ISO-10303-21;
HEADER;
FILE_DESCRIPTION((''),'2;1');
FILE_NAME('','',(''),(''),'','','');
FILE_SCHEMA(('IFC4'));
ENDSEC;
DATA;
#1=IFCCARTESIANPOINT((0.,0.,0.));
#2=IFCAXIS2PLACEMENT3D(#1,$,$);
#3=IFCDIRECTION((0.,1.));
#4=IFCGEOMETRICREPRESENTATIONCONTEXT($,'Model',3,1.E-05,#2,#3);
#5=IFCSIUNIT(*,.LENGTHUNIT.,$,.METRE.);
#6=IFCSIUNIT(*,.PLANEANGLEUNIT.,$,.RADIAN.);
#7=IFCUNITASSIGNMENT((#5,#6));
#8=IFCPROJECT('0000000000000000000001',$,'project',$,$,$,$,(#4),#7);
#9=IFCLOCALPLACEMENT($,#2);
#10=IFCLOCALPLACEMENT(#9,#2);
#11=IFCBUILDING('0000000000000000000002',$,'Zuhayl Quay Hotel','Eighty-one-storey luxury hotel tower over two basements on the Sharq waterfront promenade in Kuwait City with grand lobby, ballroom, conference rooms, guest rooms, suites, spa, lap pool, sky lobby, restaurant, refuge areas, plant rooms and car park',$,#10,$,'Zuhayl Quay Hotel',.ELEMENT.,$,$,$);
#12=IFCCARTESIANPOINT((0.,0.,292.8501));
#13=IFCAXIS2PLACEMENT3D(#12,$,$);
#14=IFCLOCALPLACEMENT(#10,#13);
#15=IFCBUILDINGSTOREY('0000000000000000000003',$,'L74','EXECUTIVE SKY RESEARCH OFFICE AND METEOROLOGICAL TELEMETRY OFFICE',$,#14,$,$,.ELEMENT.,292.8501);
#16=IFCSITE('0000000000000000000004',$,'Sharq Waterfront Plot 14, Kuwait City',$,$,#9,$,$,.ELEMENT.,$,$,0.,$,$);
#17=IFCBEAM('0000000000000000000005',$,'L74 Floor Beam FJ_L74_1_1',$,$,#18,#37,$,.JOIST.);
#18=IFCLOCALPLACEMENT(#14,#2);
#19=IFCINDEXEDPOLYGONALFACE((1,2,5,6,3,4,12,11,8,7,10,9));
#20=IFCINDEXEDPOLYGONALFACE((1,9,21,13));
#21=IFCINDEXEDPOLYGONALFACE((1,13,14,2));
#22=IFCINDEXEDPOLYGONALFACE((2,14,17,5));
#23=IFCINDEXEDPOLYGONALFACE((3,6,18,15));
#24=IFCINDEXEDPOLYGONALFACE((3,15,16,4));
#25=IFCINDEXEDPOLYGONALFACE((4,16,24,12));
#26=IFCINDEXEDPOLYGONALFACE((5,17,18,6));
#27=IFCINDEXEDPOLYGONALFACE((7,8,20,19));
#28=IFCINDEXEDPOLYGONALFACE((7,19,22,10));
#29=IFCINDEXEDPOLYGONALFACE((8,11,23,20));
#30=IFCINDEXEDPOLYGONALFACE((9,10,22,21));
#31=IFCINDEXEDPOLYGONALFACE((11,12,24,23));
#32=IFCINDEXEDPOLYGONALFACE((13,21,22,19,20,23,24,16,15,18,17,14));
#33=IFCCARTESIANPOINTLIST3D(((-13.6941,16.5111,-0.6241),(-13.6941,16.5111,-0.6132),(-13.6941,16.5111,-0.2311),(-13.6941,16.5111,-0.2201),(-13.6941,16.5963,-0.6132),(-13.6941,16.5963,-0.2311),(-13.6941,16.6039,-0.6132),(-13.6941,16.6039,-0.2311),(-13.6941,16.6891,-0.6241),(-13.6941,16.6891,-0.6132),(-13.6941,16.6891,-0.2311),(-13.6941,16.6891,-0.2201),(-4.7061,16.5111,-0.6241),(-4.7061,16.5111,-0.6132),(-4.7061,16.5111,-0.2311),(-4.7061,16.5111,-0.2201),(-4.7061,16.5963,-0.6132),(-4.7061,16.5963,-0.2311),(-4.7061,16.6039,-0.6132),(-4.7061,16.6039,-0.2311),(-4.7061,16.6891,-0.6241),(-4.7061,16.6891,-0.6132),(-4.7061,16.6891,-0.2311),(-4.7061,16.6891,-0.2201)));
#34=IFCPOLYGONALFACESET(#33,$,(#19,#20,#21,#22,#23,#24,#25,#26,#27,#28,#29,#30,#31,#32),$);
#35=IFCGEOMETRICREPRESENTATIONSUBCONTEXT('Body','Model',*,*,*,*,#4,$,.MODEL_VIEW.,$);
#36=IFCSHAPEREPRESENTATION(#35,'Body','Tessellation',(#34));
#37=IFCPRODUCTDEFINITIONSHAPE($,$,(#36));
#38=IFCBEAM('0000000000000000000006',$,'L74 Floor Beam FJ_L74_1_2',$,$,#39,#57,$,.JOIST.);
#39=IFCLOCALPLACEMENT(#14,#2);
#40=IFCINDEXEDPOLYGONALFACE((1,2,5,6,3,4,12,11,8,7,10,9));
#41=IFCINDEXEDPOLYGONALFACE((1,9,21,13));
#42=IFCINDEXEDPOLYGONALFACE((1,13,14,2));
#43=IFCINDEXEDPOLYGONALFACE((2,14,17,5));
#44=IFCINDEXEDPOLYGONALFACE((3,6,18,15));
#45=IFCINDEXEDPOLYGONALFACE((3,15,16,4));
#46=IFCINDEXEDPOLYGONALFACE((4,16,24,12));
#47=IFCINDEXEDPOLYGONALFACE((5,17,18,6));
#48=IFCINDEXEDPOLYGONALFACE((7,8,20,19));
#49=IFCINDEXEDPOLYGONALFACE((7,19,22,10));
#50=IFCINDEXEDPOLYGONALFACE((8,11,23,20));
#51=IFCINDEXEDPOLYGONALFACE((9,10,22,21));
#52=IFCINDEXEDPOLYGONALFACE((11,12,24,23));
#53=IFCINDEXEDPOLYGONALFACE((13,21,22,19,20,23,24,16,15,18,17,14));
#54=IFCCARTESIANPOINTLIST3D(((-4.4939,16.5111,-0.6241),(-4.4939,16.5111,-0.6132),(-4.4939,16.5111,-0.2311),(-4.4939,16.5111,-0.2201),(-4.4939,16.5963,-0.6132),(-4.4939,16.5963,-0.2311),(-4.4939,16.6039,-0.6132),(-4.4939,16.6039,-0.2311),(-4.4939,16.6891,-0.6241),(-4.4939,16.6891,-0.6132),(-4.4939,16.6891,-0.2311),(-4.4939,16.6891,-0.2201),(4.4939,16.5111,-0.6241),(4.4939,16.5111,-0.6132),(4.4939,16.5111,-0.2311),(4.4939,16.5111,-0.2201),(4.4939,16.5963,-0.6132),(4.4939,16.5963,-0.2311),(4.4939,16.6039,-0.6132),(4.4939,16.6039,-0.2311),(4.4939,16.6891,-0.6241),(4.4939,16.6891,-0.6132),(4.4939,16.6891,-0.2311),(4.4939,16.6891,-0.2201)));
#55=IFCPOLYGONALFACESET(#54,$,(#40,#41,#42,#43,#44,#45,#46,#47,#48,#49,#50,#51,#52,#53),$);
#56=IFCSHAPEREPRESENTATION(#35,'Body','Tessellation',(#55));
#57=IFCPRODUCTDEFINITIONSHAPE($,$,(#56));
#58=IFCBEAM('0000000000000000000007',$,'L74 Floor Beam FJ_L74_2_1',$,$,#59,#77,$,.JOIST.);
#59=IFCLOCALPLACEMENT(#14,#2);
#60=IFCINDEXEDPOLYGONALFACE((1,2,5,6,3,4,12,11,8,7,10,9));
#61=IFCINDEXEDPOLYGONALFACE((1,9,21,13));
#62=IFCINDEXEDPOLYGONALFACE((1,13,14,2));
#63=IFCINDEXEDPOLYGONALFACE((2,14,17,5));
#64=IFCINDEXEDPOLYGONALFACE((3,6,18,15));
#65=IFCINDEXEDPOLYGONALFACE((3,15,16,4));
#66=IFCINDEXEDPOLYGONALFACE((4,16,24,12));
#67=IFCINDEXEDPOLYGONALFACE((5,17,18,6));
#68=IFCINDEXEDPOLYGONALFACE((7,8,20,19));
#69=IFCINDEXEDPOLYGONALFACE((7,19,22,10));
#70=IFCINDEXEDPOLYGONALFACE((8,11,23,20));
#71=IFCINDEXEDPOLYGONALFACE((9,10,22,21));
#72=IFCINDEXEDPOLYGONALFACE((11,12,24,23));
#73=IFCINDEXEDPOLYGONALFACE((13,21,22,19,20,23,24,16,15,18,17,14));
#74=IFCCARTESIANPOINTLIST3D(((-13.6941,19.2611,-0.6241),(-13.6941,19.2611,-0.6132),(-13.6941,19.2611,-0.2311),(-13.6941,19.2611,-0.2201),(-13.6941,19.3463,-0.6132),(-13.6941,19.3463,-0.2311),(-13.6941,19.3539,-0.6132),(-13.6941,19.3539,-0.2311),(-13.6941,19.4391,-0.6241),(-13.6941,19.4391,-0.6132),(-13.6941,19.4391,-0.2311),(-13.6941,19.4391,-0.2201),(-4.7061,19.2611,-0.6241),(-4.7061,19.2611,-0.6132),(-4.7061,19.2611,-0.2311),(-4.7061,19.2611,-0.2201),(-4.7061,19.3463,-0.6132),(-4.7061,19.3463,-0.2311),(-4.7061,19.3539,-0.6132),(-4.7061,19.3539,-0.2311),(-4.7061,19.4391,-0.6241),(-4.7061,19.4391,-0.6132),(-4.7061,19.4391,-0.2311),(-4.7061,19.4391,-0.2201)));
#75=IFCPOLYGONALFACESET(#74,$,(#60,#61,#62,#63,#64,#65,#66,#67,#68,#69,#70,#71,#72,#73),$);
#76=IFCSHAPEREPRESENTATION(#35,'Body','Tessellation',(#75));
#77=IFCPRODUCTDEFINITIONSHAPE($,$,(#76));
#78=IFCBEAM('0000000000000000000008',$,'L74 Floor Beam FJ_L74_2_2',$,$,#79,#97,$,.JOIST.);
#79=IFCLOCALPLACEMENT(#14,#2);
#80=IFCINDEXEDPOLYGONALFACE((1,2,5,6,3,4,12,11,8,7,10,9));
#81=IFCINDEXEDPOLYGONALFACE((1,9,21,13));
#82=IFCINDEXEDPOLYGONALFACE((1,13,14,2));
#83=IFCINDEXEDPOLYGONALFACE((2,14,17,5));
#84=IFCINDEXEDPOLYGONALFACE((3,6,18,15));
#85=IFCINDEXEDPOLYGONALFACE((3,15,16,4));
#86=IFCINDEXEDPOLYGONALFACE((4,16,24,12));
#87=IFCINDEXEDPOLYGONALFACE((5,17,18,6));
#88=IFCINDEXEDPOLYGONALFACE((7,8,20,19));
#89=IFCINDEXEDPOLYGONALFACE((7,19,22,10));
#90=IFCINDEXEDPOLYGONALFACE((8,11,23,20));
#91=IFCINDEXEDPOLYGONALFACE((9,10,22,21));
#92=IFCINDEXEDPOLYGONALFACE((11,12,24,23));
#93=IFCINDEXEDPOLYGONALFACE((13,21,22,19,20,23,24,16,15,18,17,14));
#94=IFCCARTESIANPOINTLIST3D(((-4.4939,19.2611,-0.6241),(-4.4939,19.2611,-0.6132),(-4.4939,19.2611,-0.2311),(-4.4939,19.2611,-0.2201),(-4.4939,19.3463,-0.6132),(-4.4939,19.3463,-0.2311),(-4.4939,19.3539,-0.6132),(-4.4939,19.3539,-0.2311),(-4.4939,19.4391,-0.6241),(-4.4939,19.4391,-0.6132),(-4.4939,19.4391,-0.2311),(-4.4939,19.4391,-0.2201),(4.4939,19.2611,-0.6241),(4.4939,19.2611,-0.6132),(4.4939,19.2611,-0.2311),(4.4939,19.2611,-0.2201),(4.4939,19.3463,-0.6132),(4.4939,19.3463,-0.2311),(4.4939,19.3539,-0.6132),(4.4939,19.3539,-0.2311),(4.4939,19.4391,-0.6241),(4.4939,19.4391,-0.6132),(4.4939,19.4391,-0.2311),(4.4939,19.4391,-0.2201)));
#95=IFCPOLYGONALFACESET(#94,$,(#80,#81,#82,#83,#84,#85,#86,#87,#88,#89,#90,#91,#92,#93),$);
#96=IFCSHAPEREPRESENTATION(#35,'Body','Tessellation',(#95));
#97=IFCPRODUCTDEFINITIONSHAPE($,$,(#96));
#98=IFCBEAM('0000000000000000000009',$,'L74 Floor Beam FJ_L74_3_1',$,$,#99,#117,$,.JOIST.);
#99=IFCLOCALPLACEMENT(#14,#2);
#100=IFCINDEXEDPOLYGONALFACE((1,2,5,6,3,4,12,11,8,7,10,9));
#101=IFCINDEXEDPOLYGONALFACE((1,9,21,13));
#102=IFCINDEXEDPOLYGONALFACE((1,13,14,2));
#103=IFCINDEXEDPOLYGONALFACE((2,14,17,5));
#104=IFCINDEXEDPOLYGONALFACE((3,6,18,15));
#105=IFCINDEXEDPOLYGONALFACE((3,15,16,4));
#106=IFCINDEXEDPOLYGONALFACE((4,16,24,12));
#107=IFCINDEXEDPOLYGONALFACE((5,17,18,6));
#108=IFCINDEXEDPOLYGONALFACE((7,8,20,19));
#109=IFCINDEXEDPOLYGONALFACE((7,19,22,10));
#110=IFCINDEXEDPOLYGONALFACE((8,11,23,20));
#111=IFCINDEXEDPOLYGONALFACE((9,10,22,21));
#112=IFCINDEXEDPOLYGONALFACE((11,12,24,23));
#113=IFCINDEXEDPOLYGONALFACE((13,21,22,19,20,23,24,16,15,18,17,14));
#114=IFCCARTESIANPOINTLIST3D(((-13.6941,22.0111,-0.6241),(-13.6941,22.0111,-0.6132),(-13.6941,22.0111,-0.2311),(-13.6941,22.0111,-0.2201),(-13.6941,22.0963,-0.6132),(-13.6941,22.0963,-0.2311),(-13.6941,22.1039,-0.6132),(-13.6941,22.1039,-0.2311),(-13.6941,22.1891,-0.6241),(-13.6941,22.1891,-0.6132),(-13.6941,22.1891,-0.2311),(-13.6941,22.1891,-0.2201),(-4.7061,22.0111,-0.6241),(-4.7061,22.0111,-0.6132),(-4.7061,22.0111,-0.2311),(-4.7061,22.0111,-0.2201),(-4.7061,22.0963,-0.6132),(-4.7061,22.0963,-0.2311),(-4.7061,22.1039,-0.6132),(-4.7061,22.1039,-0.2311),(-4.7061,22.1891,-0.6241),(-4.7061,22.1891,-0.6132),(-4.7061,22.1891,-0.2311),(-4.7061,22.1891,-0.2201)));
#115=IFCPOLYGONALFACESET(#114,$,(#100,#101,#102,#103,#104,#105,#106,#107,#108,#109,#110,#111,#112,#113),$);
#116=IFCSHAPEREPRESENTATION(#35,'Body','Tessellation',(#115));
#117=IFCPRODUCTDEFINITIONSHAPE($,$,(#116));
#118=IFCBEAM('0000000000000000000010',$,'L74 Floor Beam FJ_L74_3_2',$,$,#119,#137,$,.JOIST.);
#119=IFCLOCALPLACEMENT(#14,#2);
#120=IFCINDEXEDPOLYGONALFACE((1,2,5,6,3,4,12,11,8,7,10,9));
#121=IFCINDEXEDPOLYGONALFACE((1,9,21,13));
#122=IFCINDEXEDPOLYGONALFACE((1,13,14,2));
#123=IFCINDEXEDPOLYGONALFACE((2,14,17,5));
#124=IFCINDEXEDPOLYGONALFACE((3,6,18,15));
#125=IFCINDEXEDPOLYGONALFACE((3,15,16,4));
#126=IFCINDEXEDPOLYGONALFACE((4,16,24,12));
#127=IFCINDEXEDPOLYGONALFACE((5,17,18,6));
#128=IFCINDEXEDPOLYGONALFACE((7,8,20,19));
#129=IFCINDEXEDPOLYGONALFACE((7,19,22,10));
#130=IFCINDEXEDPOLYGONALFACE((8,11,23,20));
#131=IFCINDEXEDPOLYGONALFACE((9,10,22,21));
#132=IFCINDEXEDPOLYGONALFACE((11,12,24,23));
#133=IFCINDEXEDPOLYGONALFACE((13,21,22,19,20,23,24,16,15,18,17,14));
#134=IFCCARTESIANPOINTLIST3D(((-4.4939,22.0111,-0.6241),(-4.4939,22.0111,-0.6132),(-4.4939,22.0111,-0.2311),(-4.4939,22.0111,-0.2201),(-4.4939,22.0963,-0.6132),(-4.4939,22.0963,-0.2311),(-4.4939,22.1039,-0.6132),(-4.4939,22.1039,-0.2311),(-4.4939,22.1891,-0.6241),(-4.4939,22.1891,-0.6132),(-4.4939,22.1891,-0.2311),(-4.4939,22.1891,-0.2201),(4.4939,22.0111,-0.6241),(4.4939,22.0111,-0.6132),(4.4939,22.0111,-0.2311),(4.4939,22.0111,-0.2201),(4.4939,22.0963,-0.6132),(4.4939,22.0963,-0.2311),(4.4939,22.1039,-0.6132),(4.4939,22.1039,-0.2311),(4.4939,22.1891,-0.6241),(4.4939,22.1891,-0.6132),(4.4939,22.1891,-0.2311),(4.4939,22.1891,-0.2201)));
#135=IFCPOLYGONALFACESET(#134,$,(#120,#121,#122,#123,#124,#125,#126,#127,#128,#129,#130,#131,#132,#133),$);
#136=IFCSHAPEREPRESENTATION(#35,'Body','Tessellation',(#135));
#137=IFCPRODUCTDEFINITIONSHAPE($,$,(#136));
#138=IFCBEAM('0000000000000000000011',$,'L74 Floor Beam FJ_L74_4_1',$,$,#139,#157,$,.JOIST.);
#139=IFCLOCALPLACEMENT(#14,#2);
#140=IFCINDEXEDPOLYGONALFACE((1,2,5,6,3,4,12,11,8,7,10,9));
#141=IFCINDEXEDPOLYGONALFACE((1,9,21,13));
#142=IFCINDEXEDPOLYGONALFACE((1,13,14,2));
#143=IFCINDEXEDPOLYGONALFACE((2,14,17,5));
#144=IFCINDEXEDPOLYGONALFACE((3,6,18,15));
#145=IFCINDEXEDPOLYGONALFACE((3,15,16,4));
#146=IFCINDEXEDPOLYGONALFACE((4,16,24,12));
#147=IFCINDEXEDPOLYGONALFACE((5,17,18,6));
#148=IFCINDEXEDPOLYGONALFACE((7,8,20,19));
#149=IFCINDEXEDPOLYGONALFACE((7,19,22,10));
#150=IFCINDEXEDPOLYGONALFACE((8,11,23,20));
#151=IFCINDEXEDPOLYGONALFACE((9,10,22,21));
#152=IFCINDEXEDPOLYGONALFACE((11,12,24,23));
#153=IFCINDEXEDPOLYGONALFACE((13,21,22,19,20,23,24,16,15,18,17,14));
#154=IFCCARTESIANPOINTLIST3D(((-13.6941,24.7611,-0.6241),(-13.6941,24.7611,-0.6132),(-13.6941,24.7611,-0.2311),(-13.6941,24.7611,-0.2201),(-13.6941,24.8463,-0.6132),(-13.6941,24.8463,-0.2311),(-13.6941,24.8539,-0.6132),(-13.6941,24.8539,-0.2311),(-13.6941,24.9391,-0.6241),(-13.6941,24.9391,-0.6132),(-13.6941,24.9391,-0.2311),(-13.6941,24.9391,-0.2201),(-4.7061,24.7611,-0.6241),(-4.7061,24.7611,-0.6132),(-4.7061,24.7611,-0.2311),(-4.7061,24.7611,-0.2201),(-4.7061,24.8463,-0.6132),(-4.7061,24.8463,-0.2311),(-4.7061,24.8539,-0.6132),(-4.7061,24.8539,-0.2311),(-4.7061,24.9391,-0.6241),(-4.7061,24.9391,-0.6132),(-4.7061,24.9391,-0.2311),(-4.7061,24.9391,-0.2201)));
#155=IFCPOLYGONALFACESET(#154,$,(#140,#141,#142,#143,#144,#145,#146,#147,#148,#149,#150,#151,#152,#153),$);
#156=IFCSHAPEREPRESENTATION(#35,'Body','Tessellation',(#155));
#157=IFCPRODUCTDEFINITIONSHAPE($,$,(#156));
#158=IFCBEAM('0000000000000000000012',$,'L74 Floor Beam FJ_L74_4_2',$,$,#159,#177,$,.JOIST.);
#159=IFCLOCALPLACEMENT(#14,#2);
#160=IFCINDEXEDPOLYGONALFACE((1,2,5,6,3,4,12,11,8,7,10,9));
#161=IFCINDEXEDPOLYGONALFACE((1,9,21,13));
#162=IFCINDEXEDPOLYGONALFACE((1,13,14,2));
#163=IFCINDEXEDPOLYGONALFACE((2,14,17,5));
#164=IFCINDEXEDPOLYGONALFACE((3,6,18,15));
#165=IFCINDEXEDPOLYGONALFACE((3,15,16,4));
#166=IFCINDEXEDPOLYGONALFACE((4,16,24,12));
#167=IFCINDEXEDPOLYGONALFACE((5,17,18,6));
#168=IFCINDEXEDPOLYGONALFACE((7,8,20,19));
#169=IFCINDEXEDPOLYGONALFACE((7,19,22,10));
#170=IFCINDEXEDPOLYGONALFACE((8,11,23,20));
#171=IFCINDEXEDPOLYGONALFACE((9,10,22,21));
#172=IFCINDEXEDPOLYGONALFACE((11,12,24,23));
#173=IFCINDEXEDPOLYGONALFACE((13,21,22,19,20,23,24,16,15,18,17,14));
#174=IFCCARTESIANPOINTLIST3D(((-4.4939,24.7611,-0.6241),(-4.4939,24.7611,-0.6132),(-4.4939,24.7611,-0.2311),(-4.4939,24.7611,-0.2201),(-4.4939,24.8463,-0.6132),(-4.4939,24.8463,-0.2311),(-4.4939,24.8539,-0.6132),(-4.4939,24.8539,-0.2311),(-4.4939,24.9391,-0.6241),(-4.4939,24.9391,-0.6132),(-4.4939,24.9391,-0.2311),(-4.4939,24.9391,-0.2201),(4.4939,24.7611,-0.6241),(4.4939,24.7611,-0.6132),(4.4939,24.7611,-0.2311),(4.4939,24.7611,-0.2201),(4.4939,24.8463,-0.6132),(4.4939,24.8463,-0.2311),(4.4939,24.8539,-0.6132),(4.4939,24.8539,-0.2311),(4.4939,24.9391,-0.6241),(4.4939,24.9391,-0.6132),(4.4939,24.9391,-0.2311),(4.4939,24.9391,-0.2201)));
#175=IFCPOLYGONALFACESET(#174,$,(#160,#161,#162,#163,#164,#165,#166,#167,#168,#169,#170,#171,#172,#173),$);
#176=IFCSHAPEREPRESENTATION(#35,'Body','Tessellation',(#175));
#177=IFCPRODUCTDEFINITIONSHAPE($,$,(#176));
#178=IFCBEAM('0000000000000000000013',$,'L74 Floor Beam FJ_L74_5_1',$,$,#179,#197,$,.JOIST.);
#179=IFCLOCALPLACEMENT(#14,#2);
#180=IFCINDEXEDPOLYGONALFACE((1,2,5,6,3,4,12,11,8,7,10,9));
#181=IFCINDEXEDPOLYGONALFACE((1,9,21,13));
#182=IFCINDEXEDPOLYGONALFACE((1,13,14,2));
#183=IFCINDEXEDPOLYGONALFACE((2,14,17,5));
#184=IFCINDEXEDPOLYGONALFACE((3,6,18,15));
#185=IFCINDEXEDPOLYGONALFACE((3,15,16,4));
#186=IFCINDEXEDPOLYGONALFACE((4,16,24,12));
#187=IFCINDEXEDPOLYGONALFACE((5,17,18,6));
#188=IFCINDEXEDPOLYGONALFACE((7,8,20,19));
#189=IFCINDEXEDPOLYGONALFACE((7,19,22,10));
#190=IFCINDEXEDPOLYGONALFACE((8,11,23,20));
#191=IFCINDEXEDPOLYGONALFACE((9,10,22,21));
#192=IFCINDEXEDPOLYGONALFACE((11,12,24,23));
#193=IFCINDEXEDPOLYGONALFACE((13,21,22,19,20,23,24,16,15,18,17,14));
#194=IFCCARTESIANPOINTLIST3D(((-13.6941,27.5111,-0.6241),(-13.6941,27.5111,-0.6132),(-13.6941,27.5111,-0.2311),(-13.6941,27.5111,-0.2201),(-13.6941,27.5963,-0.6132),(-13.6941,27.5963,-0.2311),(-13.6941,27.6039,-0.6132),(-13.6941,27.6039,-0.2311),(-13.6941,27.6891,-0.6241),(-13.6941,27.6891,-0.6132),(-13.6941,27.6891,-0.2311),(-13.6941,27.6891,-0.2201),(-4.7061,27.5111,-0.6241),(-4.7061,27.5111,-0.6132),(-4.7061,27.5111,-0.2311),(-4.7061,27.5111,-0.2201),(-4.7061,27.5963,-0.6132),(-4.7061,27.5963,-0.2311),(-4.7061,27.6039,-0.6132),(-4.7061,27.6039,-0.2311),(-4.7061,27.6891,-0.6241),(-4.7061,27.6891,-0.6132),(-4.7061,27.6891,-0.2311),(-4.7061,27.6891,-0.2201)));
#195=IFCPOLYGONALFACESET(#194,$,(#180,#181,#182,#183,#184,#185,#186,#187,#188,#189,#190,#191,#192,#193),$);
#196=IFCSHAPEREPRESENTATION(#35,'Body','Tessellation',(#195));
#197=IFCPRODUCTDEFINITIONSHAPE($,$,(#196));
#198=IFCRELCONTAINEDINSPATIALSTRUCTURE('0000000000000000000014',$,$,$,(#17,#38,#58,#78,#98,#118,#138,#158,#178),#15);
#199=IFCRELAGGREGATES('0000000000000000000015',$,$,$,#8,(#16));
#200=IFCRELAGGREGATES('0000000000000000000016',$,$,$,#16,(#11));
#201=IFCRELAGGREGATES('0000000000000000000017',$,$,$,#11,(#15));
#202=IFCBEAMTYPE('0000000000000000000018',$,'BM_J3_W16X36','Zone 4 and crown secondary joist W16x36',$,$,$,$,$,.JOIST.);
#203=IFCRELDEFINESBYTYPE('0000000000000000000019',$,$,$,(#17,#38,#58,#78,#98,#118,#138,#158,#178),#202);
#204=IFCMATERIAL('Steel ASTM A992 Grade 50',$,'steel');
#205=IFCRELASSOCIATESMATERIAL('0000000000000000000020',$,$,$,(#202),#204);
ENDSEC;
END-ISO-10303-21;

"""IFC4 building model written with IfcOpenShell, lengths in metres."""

from ifc_helpers import new_model, si_unit, direction, frame, origin, origin_2d, place, context, subcontext, project, spatial, i_section, extrude, material, material_profile, profile_set, type_object, element, save


model = new_model("IFC4")

# Units and contexts
model_context = context("Model", 3, precision=1e-05, world=origin(), true_north=direction((0.0, 1.0)))
body_context = subcontext(model_context, "Body", "Model", "MODEL_VIEW")
ifc_project = project(units=[si_unit("LENGTHUNIT", "METRE"), si_unit("PLANEANGLEUNIT", "RADIAN")], contexts=[model_context])

# Site, building, storey
site_placement = place(None, origin())
site = spatial("IfcSite", under=ifc_project, at=site_placement, Name="Sharq Waterfront Plot 14, Kuwait City", CompositionType="ELEMENT", RefElevation=0.0)
building_placement = place(site_placement, origin())
building = spatial("IfcBuilding", under=site, at=building_placement, Name="Zuhayl Quay Hotel", Description="Eighty-one-storey luxury hotel tower over two basements on the Sharq waterfront promenade in Kuwait City with grand lobby, ballroom, conference rooms, guest rooms, suites, spa, lap pool, sky lobby, restaurant, refuge areas, plant rooms and car park", LongName="Zuhayl Quay Hotel", CompositionType="ELEMENT")
storey_placement = place(building_placement, frame((0.0, 0.0, 292.8501)))
storey = spatial("IfcBuildingStorey", under=building, at=storey_placement, Name="L74", Description="EXECUTIVE SKY RESEARCH OFFICE AND METEOROLOGICAL TELEMETRY OFFICE", CompositionType="ELEMENT", Elevation=292.8501)

# Beams
ifc_material_1 = material(Name="Steel ASTM A992 Grade 50", Category="steel")
ifc_material_profile_1 = material_profile(ifc_material_1, i_section(OverallWidth=0.178, OverallDepth=0.4041, WebThickness=0.0076, FlangeThickness=0.011, at=origin_2d()), Name="W16X36")
ifc_profile_set_1 = profile_set([ifc_material_profile_1], Name="Steel ASTM A992 Grade 50")
beam_type_1 = type_object("IfcBeamType", Name="BM_J3_W16X36", Description="Zone 4 and crown secondary joist W16x36", PredefinedType="JOIST", material=ifc_profile_set_1)
beam_1_placement = place(storey_placement, frame((-13.6941, 16.6001, -0.4221), z_axis=(1.0, 0.0, 0.0), x_axis=(0.0, 1.0, 0.0)))
element("IfcBeam", 1, at=beam_1_placement, inside=storey, type_object=beam_type_1, Name="L74 Floor Beam FJ_L74_1_1", PredefinedType="JOIST", context=body_context, shape_type="SweptSolid", body=[
    extrude(i_section(OverallWidth=0.178, OverallDepth=0.4041, WebThickness=0.0076, FlangeThickness=0.011, at=origin_2d()), origin(), (0.0, 0.0, 1.0), 8.988),
])
beam_2_placement = place(storey_placement, frame((-4.4939, 16.6001, -0.4221), z_axis=(1.0, 0.0, 0.0), x_axis=(0.0, 1.0, 0.0)))
element("IfcBeam", 2, at=beam_2_placement, inside=storey, type_object=beam_type_1, Name="L74 Floor Beam FJ_L74_1_2", PredefinedType="JOIST", context=body_context, shape_type="SweptSolid", body=[
    extrude(i_section(OverallWidth=0.178, OverallDepth=0.4041, WebThickness=0.0076, FlangeThickness=0.011, at=origin_2d()), origin(), (0.0, 0.0, 1.0), 8.9878),
])
beam_3_placement = place(storey_placement, frame((-13.6941, 19.3501, -0.4221), z_axis=(1.0, 0.0, 0.0), x_axis=(0.0, 1.0, 0.0)))
element("IfcBeam", 3, at=beam_3_placement, inside=storey, type_object=beam_type_1, Name="L74 Floor Beam FJ_L74_2_1", PredefinedType="JOIST", context=body_context, shape_type="SweptSolid", body=[
    extrude(i_section(OverallWidth=0.178, OverallDepth=0.4041, WebThickness=0.0076, FlangeThickness=0.011, at=origin_2d()), origin(), (0.0, 0.0, 1.0), 8.988),
])
beam_4_placement = place(storey_placement, frame((-4.4939, 19.3501, -0.4221), z_axis=(1.0, 0.0, 0.0), x_axis=(0.0, 1.0, 0.0)))
element("IfcBeam", 4, at=beam_4_placement, inside=storey, type_object=beam_type_1, Name="L74 Floor Beam FJ_L74_2_2", PredefinedType="JOIST", context=body_context, shape_type="SweptSolid", body=[
    extrude(i_section(OverallWidth=0.178, OverallDepth=0.4041, WebThickness=0.0076, FlangeThickness=0.011, at=origin_2d()), origin(), (0.0, 0.0, 1.0), 8.9878),
])
beam_5_placement = place(storey_placement, frame((-13.6941, 22.1001, -0.4221), z_axis=(1.0, 0.0, 0.0), x_axis=(0.0, 1.0, 0.0)))
element("IfcBeam", 5, at=beam_5_placement, inside=storey, type_object=beam_type_1, Name="L74 Floor Beam FJ_L74_3_1", PredefinedType="JOIST", context=body_context, shape_type="SweptSolid", body=[
    extrude(i_section(OverallWidth=0.178, OverallDepth=0.4041, WebThickness=0.0076, FlangeThickness=0.011, at=origin_2d()), origin(), (0.0, 0.0, 1.0), 8.988),
])
beam_6_placement = place(storey_placement, frame((-4.4939, 22.1001, -0.4221), z_axis=(1.0, 0.0, 0.0), x_axis=(0.0, 1.0, 0.0)))
element("IfcBeam", 6, at=beam_6_placement, inside=storey, type_object=beam_type_1, Name="L74 Floor Beam FJ_L74_3_2", PredefinedType="JOIST", context=body_context, shape_type="SweptSolid", body=[
    extrude(i_section(OverallWidth=0.178, OverallDepth=0.4041, WebThickness=0.0076, FlangeThickness=0.011, at=origin_2d()), origin(), (0.0, 0.0, 1.0), 8.9878),
])
beam_7_placement = place(storey_placement, frame((-13.6941, 24.8501, -0.4221), z_axis=(1.0, 0.0, 0.0), x_axis=(0.0, 1.0, 0.0)))
element("IfcBeam", 7, at=beam_7_placement, inside=storey, type_object=beam_type_1, Name="L74 Floor Beam FJ_L74_4_1", PredefinedType="JOIST", context=body_context, shape_type="SweptSolid", body=[
    extrude(i_section(OverallWidth=0.178, OverallDepth=0.4041, WebThickness=0.0076, FlangeThickness=0.011, at=origin_2d()), origin(), (0.0, 0.0, 1.0), 8.988),
])
beam_8_placement = place(storey_placement, frame((-4.4939, 24.8501, -0.4221), z_axis=(1.0, 0.0, 0.0), x_axis=(0.0, 1.0, 0.0)))
element("IfcBeam", 8, at=beam_8_placement, inside=storey, type_object=beam_type_1, Name="L74 Floor Beam FJ_L74_4_2", PredefinedType="JOIST", context=body_context, shape_type="SweptSolid", body=[
    extrude(i_section(OverallWidth=0.178, OverallDepth=0.4041, WebThickness=0.0076, FlangeThickness=0.011, at=origin_2d()), origin(), (0.0, 0.0, 1.0), 8.9878),
])
beam_9_placement = place(storey_placement, frame((-13.6941, 27.6001, -0.4221), z_axis=(1.0, 0.0, 0.0), x_axis=(0.0, 1.0, 0.0)))
element("IfcBeam", 9, at=beam_9_placement, inside=storey, type_object=beam_type_1, Name="L74 Floor Beam FJ_L74_5_1", PredefinedType="JOIST", context=body_context, shape_type="SweptSolid", body=[
    extrude(i_section(OverallWidth=0.178, OverallDepth=0.4041, WebThickness=0.0076, FlangeThickness=0.011, at=origin_2d()), origin(), (0.0, 0.0, 1.0), 8.988),
])

save(model, "model.ifc")
